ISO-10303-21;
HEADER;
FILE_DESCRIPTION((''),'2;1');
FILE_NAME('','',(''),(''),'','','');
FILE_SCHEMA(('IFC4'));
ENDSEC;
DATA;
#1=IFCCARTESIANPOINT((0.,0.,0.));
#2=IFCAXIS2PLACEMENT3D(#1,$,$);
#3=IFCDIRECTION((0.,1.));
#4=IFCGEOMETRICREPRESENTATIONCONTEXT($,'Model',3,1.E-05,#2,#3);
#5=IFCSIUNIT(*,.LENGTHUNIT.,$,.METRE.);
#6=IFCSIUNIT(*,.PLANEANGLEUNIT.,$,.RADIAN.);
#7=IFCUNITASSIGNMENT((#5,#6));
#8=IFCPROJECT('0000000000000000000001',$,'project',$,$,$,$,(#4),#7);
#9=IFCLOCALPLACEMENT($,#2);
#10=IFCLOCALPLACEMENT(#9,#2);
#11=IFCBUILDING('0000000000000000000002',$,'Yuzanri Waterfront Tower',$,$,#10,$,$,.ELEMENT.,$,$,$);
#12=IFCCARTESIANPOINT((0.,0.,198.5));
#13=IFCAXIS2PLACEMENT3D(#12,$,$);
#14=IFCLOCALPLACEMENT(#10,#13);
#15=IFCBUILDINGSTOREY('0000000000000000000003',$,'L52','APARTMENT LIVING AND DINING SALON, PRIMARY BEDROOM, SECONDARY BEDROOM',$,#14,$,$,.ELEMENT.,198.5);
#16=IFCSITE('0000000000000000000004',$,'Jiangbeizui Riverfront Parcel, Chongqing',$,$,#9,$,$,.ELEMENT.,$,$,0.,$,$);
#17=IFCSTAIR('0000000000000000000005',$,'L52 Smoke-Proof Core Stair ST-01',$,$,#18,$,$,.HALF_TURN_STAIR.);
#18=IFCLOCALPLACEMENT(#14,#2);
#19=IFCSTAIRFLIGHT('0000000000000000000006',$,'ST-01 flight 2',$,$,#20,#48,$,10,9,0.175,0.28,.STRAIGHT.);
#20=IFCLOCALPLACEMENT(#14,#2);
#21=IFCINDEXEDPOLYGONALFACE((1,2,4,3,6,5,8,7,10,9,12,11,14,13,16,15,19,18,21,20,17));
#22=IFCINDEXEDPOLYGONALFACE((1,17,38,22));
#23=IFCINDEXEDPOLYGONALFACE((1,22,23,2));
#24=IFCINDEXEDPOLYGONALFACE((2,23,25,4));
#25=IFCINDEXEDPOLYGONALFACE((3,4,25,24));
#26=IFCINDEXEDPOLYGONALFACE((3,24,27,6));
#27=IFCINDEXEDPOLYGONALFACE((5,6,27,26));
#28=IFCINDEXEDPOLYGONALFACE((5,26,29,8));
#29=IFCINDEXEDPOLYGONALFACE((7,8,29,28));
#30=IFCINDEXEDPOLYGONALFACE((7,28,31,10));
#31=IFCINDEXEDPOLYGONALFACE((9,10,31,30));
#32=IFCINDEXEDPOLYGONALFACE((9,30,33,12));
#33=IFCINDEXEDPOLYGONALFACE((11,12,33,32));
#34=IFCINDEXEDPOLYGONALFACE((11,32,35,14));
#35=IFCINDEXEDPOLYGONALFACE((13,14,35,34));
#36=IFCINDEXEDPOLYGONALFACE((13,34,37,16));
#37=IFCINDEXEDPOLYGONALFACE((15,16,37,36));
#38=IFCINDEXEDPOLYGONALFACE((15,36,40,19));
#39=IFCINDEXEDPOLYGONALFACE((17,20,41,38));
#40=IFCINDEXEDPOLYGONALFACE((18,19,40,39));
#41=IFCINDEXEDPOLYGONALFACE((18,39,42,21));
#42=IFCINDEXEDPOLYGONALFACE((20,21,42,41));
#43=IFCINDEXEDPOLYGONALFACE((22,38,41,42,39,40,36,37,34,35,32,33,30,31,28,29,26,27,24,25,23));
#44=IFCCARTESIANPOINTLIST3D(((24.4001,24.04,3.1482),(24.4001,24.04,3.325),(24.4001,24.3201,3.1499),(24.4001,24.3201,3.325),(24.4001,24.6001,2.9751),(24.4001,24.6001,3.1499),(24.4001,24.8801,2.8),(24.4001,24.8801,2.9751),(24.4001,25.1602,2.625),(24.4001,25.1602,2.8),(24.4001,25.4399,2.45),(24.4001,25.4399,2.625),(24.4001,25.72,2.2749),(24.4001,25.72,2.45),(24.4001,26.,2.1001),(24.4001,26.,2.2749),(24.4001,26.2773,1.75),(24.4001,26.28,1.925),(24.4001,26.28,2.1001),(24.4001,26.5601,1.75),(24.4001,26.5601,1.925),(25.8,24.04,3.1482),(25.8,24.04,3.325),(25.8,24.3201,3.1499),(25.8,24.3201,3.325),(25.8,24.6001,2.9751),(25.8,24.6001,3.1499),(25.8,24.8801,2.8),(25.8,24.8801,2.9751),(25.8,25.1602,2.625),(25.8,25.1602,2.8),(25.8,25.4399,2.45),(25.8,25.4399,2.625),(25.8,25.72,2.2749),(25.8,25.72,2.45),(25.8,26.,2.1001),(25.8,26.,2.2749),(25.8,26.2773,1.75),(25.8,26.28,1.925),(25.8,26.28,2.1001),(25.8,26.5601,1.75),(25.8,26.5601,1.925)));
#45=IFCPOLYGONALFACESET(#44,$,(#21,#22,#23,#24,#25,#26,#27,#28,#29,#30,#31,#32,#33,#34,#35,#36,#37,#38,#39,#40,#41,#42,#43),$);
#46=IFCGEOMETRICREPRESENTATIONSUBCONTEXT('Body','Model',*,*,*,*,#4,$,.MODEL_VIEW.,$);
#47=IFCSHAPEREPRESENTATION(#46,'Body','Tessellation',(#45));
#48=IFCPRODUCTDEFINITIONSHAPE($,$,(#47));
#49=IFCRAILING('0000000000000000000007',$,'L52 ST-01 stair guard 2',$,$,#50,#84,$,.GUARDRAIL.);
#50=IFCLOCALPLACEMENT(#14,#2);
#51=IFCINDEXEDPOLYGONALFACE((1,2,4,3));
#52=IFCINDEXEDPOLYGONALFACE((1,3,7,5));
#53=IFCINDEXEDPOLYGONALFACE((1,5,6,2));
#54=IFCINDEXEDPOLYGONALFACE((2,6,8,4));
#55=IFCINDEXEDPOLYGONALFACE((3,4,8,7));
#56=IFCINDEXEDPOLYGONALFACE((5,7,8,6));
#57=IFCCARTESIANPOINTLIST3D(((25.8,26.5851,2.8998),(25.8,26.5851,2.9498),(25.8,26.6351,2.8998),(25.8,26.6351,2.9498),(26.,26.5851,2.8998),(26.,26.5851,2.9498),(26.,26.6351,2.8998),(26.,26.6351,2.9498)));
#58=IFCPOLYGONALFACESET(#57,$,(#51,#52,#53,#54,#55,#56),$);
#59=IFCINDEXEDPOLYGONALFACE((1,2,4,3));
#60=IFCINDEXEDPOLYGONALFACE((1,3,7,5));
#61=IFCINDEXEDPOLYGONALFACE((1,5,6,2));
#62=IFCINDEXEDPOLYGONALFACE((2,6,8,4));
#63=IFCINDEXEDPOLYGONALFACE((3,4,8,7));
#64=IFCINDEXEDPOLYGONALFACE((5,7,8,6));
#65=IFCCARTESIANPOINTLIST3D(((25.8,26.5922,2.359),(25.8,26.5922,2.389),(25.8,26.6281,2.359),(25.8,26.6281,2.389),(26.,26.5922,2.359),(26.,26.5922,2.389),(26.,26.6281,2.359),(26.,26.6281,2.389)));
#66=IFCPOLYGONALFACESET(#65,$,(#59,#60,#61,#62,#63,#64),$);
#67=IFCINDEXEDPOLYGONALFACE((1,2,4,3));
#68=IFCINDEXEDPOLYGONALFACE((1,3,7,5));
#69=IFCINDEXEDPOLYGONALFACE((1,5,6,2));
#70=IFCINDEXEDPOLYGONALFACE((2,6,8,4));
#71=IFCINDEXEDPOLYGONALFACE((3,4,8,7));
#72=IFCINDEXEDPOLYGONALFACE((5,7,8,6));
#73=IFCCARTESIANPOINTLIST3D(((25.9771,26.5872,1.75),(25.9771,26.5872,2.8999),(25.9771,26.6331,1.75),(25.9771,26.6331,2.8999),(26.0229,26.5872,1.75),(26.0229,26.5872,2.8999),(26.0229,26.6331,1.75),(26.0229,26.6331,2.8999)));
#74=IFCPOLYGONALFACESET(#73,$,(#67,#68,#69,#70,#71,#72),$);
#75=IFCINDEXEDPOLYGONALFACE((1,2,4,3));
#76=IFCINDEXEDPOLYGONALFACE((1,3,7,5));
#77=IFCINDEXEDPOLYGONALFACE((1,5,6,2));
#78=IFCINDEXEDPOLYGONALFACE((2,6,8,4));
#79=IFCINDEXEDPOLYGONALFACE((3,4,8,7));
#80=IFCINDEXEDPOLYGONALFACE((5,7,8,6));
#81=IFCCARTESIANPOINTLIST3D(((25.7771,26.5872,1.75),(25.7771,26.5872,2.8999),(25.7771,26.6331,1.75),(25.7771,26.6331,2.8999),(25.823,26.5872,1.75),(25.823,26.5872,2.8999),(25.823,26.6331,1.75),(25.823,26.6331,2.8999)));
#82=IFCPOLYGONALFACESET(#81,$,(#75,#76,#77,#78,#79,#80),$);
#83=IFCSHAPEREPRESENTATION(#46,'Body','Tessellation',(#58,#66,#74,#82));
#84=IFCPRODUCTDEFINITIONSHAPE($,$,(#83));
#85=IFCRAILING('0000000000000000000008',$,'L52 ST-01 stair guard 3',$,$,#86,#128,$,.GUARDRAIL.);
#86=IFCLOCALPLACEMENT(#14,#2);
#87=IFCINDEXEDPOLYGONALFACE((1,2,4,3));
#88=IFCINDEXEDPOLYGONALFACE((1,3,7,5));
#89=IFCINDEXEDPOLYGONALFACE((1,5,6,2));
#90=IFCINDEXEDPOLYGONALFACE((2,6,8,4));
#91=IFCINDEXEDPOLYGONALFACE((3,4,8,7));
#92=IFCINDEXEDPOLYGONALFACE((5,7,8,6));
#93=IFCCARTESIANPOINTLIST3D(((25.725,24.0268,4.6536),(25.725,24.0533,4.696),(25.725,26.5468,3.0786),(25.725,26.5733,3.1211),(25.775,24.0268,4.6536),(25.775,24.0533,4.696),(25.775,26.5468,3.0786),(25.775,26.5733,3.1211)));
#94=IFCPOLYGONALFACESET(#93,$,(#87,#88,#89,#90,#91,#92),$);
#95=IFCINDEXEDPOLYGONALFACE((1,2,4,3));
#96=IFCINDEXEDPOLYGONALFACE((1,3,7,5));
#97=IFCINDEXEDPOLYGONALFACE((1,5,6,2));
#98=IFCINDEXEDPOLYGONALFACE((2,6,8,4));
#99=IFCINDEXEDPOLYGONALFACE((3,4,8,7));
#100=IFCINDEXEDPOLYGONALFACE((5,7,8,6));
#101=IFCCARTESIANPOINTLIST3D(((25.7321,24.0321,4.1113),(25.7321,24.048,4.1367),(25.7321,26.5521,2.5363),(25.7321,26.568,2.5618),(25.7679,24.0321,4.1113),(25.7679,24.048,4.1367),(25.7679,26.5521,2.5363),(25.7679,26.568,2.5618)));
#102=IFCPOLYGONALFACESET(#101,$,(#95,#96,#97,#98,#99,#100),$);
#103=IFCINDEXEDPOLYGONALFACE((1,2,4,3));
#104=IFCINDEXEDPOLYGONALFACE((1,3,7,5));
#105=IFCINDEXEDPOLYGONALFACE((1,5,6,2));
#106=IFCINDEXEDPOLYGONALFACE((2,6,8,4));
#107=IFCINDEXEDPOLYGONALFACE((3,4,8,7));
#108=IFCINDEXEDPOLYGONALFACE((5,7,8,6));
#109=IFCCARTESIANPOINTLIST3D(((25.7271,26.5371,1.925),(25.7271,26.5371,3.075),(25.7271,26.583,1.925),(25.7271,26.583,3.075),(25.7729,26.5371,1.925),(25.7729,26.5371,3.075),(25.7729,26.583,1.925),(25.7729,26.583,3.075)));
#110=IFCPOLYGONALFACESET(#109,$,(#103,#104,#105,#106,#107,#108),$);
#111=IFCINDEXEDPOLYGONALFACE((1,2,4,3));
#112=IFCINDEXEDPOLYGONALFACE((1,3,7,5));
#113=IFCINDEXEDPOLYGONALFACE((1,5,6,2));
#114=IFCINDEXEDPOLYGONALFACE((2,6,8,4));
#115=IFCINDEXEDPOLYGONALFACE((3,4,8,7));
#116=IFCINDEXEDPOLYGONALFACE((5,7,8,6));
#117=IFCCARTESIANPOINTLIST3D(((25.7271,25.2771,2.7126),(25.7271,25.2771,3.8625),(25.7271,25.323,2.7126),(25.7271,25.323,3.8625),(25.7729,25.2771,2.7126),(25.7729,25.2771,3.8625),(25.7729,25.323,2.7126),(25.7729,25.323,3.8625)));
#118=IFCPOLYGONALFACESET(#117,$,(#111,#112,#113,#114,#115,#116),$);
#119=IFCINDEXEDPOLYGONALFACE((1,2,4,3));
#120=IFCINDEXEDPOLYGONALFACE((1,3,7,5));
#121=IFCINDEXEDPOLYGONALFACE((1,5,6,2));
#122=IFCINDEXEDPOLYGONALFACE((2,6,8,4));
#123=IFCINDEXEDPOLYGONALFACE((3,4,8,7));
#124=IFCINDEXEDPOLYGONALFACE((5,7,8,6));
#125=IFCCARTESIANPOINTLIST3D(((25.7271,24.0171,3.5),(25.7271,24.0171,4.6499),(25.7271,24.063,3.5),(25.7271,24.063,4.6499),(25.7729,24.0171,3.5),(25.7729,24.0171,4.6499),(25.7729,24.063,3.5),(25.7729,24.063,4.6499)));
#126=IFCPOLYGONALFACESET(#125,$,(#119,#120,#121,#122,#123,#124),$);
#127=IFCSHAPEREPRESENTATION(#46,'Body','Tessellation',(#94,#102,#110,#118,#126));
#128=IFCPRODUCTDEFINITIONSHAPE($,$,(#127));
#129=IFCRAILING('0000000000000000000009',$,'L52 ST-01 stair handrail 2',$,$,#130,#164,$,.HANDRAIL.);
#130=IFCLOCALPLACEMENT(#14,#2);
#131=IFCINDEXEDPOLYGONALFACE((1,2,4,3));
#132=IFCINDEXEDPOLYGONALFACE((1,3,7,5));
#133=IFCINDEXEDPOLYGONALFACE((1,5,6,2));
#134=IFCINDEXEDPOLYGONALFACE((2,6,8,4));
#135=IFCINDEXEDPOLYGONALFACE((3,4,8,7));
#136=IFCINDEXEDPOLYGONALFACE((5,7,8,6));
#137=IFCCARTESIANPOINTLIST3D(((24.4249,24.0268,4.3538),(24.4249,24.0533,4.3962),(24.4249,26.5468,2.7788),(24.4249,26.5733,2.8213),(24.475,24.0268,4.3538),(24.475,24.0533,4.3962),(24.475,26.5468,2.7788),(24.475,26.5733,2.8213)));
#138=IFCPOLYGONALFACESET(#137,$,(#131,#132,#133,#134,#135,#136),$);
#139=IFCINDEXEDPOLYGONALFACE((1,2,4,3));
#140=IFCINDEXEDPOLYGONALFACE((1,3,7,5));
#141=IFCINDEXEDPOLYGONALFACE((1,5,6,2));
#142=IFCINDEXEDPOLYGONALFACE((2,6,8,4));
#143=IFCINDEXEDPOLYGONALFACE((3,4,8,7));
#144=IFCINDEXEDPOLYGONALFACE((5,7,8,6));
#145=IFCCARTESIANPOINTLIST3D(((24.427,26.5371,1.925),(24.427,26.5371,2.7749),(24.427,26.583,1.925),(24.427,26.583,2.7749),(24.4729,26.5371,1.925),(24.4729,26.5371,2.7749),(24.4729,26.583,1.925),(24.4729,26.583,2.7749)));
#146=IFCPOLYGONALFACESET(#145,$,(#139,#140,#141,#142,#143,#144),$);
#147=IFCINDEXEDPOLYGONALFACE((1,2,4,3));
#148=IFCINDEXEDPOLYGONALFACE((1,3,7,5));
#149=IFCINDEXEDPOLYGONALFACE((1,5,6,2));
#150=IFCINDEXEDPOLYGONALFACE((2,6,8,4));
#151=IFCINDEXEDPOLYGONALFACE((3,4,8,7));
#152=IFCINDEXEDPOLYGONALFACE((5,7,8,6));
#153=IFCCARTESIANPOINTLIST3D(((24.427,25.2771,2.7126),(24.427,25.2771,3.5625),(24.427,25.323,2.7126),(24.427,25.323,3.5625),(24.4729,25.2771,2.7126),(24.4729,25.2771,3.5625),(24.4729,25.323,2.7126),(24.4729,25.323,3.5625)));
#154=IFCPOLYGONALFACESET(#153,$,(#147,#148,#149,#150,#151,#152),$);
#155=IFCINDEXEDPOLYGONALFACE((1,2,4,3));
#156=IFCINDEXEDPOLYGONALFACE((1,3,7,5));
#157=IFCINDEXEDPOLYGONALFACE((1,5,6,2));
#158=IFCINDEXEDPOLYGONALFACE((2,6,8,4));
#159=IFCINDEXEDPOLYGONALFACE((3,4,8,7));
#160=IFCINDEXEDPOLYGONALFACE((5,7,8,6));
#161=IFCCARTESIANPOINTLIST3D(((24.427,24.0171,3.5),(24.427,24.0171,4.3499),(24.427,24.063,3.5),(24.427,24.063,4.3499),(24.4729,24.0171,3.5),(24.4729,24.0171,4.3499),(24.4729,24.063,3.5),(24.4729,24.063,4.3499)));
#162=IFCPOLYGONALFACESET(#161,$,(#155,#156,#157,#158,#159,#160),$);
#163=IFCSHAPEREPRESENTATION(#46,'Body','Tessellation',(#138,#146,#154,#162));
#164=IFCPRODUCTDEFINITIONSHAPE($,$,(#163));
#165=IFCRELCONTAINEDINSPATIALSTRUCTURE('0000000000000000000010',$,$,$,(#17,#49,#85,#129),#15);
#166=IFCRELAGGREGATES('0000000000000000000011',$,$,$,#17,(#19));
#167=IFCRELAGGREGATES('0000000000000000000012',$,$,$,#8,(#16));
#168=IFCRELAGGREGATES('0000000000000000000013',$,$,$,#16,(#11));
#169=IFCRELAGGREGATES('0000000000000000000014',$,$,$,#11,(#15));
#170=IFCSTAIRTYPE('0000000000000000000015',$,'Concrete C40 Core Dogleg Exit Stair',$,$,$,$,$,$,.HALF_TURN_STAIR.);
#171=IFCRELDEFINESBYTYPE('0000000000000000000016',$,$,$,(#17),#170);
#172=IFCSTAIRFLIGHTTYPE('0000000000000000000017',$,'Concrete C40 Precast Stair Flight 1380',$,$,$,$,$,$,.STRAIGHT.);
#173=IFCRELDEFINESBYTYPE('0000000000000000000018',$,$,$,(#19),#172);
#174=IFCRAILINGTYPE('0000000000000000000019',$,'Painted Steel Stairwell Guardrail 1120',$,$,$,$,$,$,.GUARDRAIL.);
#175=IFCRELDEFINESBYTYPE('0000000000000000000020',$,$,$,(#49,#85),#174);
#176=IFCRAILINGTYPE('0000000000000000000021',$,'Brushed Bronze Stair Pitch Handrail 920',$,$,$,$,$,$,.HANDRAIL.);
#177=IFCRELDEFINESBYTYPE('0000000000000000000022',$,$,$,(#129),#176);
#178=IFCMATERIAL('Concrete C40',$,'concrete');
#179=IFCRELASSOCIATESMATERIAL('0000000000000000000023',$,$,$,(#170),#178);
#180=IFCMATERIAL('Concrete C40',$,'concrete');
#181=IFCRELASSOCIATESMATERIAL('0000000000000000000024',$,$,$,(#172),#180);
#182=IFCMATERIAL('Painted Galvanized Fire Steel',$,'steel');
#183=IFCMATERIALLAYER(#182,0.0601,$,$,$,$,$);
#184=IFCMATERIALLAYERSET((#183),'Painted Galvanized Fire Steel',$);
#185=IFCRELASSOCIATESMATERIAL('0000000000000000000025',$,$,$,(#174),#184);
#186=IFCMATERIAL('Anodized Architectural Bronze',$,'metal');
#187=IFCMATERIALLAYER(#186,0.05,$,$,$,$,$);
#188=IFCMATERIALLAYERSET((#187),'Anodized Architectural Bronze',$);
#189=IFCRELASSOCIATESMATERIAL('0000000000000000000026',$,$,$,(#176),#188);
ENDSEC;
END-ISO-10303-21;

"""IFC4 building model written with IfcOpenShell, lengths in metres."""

from ifc_helpers import new_model, si_unit, direction, frame, origin, origin_2d, place, context, subcontext, project, spatial, polyline, rectangle, outline, extrude, source, transform, mapped, material, layer, layer_set, type_object, element, aggregate, save


model = new_model("IFC4")

# Units and contexts
model_context = context("Model", 3, precision=1e-05, world=origin(), true_north=direction((0.0, 1.0)))
body_context = subcontext(model_context, "Body", "Model", "MODEL_VIEW")
ifc_project = project(units=[si_unit("LENGTHUNIT", "METRE"), si_unit("PLANEANGLEUNIT", "RADIAN")], contexts=[model_context])

# Site, building, storey
site_placement = place(None, origin())
site = spatial("IfcSite", under=ifc_project, at=site_placement, Name="Jiangbeizui Riverfront Parcel, Chongqing", CompositionType="ELEMENT", RefElevation=0.0)
building_placement = place(site_placement, origin())
building = spatial("IfcBuilding", under=site, at=building_placement, Name="Yuzanri Waterfront Tower", CompositionType="ELEMENT")
storey_placement = place(building_placement, frame((0.0, 0.0, 198.5)))
storey = spatial("IfcBuildingStorey", under=building, at=storey_placement, Name="L52", Description="APARTMENT LIVING AND DINING SALON, PRIMARY BEDROOM, SECONDARY BEDROOM", CompositionType="ELEMENT", Elevation=198.5)

# Stair, stair flight
ifc_material_1 = material(Name="Concrete C40", Category="concrete")
stair_type = type_object("IfcStairType", Name="Concrete C40 Core Dogleg Exit Stair", PredefinedType="HALF_TURN_STAIR", material=ifc_material_1)
stair_placement = place(storey_placement, origin())
stair = element("IfcStair", 1, at=stair_placement, inside=storey, type_object=stair_type, Name="L52 Smoke-Proof Core Stair ST-01", PredefinedType="HALF_TURN_STAIR")
ifc_material_2 = material(Name="Concrete C40", Category="concrete")
stair_flight_type = type_object("IfcStairFlightType", Name="Concrete C40 Precast Stair Flight 1380", PredefinedType="STRAIGHT", material=ifc_material_2)
shared_shape_1 = source(origin(), body_context, "Body", "SweptSolid", [
    extrude(outline(polyline([(0.0, 0.0), (0.0, 0.175), (0.28, 0.175), (0.28, 0.3501), (0.5601, 0.3501), (0.5601, 0.5249), (0.8401, 0.5249), (0.8401, 0.7), (1.1201, 0.7), (1.1201, 0.875), (1.3999, 0.875), (1.3999, 1.05), (1.6799, 1.05), (1.6799, 1.2251), (1.96, 1.2251), (1.96, 1.3999), (2.24, 1.3999), (2.24, 1.575), (2.52, 1.575), (2.52, 1.75), (2.52, 1.3982), (0.2827, 0.0), (0.0, 0.0)])), frame((0.0, 0.7, 0.0), z_axis=(0.0, -1.0, 0.0), x_axis=(1.0, 0.0, 0.0)), (0.0, 0.0, 1.0), 1.3999),
])
stair_flight_placement = place(storey_placement, frame((25.1001, 26.5601, 1.75), z_axis=(0.0, 0.0, 1.0), x_axis=(0.0, -1.0, 0.0)))
stair_flight = element("IfcStairFlight", 2, at=stair_flight_placement, type_object=stair_flight_type, Name="ST-01 flight 2", NumberOfRisers=10, NumberOfTreads=9, PredefinedType="STRAIGHT", RiserHeight=0.175, TreadLength=0.28, context=body_context, shape_type="MappedRepresentation", body=[
    mapped(shared_shape_1, transform((0.0, 0.0, 0.0), scale=1.0)),
])
aggregate(stair, [stair_flight])

# Railings
ifc_material_3 = material(Name="Painted Galvanized Fire Steel", Category="steel")
ifc_layer_1 = layer(ifc_material_3, 0.0601)
ifc_layer_set_1 = layer_set([ifc_layer_1], Name="Painted Galvanized Fire Steel")
railing_type_1 = type_object("IfcRailingType", Name="Painted Steel Stairwell Guardrail 1120", PredefinedType="GUARDRAIL", material=ifc_layer_set_1)
shared_shape_2 = source(origin(), body_context, "Body", "SweptSolid", [
    extrude(rectangle(XDim=0.05, YDim=0.05, at=origin_2d()), frame((0.0, 0.0, 1.1748), z_axis=(-1.0, 0.0, 0.0), x_axis=(0.0, -1.0, 0.0)), (0.0, 0.0, 1.0), 0.2),
    extrude(rectangle(XDim=0.0359, YDim=0.03, at=origin_2d()), frame((0.0, 0.0, 0.624), z_axis=(-1.0, 0.0, 0.0), x_axis=(0.0, -1.0, 0.0)), (0.0, 0.0, 1.0), 0.2),
    extrude(rectangle(XDim=0.0459, YDim=0.0459, at=origin_2d()), origin(), (0.0, 0.0, 1.0), 1.1499),
    extrude(rectangle(XDim=0.0459, YDim=0.0459, at=origin_2d()), frame((-0.2, 0.0, 0.0)), (0.0, 0.0, 1.0), 1.1499),
])
railing_1_placement = place(storey_placement, frame((26.0, 26.6101, 1.75)))
element("IfcRailing", 3, at=railing_1_placement, inside=storey, type_object=railing_type_1, Name="L52 ST-01 stair guard 2", PredefinedType="GUARDRAIL", context=body_context, shape_type="MappedRepresentation", body=[
    mapped(shared_shape_2, transform((0.0, 0.0, 0.0), scale=1.0)),
])
shared_shape_3 = source(origin(), body_context, "Body", "SweptSolid", [
    extrude(rectangle(XDim=0.05, YDim=0.05, at=origin_2d()), frame((0.0, 0.0, 1.1748), z_axis=(0.0, -0.848008, 0.529984), x_axis=(1.0, 0.0, 0.0)), (0.0, 0.0, 1.0), 2.9717),
    extrude(rectangle(XDim=0.0359, YDim=0.03, at=origin_2d()), frame((0.0, 0.0, 0.624), z_axis=(0.0, -0.848008, 0.529984), x_axis=(1.0, 0.0, 0.0)), (0.0, 0.0, 1.0), 2.9717),
    extrude(rectangle(XDim=0.0459, YDim=0.0459, at=origin_2d()), origin(), (0.0, 0.0, 1.0), 1.1499),
    extrude(rectangle(XDim=0.0459, YDim=0.0459, at=origin_2d()), frame((0.0, -1.26, 0.7876)), (0.0, 0.0, 1.0), 1.1499),
    extrude(rectangle(XDim=0.0459, YDim=0.0459, at=origin_2d()), frame((0.0, -2.52, 1.575)), (0.0, 0.0, 1.0), 1.1499),
])
railing_2_placement = place(storey_placement, frame((25.75, 26.5601, 1.925)))
element("IfcRailing", 4, at=railing_2_placement, inside=storey, type_object=railing_type_1, Name="L52 ST-01 stair guard 3", PredefinedType="GUARDRAIL", context=body_context, shape_type="MappedRepresentation", body=[
    mapped(shared_shape_3, transform((0.0, 0.0, 0.0), scale=1.0)),
])
ifc_material_4 = material(Name="Anodized Architectural Bronze", Category="metal")
ifc_layer_2 = layer(ifc_material_4, 0.05)
ifc_layer_set_2 = layer_set([ifc_layer_2], Name="Anodized Architectural Bronze")
railing_type_2 = type_object("IfcRailingType", Name="Brushed Bronze Stair Pitch Handrail 920", PredefinedType="HANDRAIL", material=ifc_layer_set_2)
shared_shape_4 = source(origin(), body_context, "Body", "SweptSolid", [
    extrude(rectangle(XDim=0.05, YDim=0.05, at=origin_2d()), frame((0.0, 0.0, 0.875), z_axis=(0.0, -0.848008, 0.529984), x_axis=(1.0, 0.0, 0.0)), (0.0, 0.0, 1.0), 2.9717),
    extrude(rectangle(XDim=0.0459, YDim=0.0459, at=origin_2d()), origin(), (0.0, 0.0, 1.0), 0.8499),
    extrude(rectangle(XDim=0.0459, YDim=0.0459, at=origin_2d()), frame((0.0, -1.26, 0.7876)), (0.0, 0.0, 1.0), 0.8499),
    extrude(rectangle(XDim=0.0459, YDim=0.0459, at=origin_2d()), frame((0.0, -2.52, 1.575)), (0.0, 0.0, 1.0), 0.8499),
])
railing_3_placement = place(storey_placement, frame((24.45, 26.5601, 1.925)))
element("IfcRailing", 5, at=railing_3_placement, inside=storey, type_object=railing_type_2, Name="L52 ST-01 stair handrail 2", PredefinedType="HANDRAIL", context=body_context, shape_type="MappedRepresentation", body=[
    mapped(shared_shape_4, transform((0.0, 0.0, 0.0), scale=1.0)),
])

save(model, "model.ifc")
